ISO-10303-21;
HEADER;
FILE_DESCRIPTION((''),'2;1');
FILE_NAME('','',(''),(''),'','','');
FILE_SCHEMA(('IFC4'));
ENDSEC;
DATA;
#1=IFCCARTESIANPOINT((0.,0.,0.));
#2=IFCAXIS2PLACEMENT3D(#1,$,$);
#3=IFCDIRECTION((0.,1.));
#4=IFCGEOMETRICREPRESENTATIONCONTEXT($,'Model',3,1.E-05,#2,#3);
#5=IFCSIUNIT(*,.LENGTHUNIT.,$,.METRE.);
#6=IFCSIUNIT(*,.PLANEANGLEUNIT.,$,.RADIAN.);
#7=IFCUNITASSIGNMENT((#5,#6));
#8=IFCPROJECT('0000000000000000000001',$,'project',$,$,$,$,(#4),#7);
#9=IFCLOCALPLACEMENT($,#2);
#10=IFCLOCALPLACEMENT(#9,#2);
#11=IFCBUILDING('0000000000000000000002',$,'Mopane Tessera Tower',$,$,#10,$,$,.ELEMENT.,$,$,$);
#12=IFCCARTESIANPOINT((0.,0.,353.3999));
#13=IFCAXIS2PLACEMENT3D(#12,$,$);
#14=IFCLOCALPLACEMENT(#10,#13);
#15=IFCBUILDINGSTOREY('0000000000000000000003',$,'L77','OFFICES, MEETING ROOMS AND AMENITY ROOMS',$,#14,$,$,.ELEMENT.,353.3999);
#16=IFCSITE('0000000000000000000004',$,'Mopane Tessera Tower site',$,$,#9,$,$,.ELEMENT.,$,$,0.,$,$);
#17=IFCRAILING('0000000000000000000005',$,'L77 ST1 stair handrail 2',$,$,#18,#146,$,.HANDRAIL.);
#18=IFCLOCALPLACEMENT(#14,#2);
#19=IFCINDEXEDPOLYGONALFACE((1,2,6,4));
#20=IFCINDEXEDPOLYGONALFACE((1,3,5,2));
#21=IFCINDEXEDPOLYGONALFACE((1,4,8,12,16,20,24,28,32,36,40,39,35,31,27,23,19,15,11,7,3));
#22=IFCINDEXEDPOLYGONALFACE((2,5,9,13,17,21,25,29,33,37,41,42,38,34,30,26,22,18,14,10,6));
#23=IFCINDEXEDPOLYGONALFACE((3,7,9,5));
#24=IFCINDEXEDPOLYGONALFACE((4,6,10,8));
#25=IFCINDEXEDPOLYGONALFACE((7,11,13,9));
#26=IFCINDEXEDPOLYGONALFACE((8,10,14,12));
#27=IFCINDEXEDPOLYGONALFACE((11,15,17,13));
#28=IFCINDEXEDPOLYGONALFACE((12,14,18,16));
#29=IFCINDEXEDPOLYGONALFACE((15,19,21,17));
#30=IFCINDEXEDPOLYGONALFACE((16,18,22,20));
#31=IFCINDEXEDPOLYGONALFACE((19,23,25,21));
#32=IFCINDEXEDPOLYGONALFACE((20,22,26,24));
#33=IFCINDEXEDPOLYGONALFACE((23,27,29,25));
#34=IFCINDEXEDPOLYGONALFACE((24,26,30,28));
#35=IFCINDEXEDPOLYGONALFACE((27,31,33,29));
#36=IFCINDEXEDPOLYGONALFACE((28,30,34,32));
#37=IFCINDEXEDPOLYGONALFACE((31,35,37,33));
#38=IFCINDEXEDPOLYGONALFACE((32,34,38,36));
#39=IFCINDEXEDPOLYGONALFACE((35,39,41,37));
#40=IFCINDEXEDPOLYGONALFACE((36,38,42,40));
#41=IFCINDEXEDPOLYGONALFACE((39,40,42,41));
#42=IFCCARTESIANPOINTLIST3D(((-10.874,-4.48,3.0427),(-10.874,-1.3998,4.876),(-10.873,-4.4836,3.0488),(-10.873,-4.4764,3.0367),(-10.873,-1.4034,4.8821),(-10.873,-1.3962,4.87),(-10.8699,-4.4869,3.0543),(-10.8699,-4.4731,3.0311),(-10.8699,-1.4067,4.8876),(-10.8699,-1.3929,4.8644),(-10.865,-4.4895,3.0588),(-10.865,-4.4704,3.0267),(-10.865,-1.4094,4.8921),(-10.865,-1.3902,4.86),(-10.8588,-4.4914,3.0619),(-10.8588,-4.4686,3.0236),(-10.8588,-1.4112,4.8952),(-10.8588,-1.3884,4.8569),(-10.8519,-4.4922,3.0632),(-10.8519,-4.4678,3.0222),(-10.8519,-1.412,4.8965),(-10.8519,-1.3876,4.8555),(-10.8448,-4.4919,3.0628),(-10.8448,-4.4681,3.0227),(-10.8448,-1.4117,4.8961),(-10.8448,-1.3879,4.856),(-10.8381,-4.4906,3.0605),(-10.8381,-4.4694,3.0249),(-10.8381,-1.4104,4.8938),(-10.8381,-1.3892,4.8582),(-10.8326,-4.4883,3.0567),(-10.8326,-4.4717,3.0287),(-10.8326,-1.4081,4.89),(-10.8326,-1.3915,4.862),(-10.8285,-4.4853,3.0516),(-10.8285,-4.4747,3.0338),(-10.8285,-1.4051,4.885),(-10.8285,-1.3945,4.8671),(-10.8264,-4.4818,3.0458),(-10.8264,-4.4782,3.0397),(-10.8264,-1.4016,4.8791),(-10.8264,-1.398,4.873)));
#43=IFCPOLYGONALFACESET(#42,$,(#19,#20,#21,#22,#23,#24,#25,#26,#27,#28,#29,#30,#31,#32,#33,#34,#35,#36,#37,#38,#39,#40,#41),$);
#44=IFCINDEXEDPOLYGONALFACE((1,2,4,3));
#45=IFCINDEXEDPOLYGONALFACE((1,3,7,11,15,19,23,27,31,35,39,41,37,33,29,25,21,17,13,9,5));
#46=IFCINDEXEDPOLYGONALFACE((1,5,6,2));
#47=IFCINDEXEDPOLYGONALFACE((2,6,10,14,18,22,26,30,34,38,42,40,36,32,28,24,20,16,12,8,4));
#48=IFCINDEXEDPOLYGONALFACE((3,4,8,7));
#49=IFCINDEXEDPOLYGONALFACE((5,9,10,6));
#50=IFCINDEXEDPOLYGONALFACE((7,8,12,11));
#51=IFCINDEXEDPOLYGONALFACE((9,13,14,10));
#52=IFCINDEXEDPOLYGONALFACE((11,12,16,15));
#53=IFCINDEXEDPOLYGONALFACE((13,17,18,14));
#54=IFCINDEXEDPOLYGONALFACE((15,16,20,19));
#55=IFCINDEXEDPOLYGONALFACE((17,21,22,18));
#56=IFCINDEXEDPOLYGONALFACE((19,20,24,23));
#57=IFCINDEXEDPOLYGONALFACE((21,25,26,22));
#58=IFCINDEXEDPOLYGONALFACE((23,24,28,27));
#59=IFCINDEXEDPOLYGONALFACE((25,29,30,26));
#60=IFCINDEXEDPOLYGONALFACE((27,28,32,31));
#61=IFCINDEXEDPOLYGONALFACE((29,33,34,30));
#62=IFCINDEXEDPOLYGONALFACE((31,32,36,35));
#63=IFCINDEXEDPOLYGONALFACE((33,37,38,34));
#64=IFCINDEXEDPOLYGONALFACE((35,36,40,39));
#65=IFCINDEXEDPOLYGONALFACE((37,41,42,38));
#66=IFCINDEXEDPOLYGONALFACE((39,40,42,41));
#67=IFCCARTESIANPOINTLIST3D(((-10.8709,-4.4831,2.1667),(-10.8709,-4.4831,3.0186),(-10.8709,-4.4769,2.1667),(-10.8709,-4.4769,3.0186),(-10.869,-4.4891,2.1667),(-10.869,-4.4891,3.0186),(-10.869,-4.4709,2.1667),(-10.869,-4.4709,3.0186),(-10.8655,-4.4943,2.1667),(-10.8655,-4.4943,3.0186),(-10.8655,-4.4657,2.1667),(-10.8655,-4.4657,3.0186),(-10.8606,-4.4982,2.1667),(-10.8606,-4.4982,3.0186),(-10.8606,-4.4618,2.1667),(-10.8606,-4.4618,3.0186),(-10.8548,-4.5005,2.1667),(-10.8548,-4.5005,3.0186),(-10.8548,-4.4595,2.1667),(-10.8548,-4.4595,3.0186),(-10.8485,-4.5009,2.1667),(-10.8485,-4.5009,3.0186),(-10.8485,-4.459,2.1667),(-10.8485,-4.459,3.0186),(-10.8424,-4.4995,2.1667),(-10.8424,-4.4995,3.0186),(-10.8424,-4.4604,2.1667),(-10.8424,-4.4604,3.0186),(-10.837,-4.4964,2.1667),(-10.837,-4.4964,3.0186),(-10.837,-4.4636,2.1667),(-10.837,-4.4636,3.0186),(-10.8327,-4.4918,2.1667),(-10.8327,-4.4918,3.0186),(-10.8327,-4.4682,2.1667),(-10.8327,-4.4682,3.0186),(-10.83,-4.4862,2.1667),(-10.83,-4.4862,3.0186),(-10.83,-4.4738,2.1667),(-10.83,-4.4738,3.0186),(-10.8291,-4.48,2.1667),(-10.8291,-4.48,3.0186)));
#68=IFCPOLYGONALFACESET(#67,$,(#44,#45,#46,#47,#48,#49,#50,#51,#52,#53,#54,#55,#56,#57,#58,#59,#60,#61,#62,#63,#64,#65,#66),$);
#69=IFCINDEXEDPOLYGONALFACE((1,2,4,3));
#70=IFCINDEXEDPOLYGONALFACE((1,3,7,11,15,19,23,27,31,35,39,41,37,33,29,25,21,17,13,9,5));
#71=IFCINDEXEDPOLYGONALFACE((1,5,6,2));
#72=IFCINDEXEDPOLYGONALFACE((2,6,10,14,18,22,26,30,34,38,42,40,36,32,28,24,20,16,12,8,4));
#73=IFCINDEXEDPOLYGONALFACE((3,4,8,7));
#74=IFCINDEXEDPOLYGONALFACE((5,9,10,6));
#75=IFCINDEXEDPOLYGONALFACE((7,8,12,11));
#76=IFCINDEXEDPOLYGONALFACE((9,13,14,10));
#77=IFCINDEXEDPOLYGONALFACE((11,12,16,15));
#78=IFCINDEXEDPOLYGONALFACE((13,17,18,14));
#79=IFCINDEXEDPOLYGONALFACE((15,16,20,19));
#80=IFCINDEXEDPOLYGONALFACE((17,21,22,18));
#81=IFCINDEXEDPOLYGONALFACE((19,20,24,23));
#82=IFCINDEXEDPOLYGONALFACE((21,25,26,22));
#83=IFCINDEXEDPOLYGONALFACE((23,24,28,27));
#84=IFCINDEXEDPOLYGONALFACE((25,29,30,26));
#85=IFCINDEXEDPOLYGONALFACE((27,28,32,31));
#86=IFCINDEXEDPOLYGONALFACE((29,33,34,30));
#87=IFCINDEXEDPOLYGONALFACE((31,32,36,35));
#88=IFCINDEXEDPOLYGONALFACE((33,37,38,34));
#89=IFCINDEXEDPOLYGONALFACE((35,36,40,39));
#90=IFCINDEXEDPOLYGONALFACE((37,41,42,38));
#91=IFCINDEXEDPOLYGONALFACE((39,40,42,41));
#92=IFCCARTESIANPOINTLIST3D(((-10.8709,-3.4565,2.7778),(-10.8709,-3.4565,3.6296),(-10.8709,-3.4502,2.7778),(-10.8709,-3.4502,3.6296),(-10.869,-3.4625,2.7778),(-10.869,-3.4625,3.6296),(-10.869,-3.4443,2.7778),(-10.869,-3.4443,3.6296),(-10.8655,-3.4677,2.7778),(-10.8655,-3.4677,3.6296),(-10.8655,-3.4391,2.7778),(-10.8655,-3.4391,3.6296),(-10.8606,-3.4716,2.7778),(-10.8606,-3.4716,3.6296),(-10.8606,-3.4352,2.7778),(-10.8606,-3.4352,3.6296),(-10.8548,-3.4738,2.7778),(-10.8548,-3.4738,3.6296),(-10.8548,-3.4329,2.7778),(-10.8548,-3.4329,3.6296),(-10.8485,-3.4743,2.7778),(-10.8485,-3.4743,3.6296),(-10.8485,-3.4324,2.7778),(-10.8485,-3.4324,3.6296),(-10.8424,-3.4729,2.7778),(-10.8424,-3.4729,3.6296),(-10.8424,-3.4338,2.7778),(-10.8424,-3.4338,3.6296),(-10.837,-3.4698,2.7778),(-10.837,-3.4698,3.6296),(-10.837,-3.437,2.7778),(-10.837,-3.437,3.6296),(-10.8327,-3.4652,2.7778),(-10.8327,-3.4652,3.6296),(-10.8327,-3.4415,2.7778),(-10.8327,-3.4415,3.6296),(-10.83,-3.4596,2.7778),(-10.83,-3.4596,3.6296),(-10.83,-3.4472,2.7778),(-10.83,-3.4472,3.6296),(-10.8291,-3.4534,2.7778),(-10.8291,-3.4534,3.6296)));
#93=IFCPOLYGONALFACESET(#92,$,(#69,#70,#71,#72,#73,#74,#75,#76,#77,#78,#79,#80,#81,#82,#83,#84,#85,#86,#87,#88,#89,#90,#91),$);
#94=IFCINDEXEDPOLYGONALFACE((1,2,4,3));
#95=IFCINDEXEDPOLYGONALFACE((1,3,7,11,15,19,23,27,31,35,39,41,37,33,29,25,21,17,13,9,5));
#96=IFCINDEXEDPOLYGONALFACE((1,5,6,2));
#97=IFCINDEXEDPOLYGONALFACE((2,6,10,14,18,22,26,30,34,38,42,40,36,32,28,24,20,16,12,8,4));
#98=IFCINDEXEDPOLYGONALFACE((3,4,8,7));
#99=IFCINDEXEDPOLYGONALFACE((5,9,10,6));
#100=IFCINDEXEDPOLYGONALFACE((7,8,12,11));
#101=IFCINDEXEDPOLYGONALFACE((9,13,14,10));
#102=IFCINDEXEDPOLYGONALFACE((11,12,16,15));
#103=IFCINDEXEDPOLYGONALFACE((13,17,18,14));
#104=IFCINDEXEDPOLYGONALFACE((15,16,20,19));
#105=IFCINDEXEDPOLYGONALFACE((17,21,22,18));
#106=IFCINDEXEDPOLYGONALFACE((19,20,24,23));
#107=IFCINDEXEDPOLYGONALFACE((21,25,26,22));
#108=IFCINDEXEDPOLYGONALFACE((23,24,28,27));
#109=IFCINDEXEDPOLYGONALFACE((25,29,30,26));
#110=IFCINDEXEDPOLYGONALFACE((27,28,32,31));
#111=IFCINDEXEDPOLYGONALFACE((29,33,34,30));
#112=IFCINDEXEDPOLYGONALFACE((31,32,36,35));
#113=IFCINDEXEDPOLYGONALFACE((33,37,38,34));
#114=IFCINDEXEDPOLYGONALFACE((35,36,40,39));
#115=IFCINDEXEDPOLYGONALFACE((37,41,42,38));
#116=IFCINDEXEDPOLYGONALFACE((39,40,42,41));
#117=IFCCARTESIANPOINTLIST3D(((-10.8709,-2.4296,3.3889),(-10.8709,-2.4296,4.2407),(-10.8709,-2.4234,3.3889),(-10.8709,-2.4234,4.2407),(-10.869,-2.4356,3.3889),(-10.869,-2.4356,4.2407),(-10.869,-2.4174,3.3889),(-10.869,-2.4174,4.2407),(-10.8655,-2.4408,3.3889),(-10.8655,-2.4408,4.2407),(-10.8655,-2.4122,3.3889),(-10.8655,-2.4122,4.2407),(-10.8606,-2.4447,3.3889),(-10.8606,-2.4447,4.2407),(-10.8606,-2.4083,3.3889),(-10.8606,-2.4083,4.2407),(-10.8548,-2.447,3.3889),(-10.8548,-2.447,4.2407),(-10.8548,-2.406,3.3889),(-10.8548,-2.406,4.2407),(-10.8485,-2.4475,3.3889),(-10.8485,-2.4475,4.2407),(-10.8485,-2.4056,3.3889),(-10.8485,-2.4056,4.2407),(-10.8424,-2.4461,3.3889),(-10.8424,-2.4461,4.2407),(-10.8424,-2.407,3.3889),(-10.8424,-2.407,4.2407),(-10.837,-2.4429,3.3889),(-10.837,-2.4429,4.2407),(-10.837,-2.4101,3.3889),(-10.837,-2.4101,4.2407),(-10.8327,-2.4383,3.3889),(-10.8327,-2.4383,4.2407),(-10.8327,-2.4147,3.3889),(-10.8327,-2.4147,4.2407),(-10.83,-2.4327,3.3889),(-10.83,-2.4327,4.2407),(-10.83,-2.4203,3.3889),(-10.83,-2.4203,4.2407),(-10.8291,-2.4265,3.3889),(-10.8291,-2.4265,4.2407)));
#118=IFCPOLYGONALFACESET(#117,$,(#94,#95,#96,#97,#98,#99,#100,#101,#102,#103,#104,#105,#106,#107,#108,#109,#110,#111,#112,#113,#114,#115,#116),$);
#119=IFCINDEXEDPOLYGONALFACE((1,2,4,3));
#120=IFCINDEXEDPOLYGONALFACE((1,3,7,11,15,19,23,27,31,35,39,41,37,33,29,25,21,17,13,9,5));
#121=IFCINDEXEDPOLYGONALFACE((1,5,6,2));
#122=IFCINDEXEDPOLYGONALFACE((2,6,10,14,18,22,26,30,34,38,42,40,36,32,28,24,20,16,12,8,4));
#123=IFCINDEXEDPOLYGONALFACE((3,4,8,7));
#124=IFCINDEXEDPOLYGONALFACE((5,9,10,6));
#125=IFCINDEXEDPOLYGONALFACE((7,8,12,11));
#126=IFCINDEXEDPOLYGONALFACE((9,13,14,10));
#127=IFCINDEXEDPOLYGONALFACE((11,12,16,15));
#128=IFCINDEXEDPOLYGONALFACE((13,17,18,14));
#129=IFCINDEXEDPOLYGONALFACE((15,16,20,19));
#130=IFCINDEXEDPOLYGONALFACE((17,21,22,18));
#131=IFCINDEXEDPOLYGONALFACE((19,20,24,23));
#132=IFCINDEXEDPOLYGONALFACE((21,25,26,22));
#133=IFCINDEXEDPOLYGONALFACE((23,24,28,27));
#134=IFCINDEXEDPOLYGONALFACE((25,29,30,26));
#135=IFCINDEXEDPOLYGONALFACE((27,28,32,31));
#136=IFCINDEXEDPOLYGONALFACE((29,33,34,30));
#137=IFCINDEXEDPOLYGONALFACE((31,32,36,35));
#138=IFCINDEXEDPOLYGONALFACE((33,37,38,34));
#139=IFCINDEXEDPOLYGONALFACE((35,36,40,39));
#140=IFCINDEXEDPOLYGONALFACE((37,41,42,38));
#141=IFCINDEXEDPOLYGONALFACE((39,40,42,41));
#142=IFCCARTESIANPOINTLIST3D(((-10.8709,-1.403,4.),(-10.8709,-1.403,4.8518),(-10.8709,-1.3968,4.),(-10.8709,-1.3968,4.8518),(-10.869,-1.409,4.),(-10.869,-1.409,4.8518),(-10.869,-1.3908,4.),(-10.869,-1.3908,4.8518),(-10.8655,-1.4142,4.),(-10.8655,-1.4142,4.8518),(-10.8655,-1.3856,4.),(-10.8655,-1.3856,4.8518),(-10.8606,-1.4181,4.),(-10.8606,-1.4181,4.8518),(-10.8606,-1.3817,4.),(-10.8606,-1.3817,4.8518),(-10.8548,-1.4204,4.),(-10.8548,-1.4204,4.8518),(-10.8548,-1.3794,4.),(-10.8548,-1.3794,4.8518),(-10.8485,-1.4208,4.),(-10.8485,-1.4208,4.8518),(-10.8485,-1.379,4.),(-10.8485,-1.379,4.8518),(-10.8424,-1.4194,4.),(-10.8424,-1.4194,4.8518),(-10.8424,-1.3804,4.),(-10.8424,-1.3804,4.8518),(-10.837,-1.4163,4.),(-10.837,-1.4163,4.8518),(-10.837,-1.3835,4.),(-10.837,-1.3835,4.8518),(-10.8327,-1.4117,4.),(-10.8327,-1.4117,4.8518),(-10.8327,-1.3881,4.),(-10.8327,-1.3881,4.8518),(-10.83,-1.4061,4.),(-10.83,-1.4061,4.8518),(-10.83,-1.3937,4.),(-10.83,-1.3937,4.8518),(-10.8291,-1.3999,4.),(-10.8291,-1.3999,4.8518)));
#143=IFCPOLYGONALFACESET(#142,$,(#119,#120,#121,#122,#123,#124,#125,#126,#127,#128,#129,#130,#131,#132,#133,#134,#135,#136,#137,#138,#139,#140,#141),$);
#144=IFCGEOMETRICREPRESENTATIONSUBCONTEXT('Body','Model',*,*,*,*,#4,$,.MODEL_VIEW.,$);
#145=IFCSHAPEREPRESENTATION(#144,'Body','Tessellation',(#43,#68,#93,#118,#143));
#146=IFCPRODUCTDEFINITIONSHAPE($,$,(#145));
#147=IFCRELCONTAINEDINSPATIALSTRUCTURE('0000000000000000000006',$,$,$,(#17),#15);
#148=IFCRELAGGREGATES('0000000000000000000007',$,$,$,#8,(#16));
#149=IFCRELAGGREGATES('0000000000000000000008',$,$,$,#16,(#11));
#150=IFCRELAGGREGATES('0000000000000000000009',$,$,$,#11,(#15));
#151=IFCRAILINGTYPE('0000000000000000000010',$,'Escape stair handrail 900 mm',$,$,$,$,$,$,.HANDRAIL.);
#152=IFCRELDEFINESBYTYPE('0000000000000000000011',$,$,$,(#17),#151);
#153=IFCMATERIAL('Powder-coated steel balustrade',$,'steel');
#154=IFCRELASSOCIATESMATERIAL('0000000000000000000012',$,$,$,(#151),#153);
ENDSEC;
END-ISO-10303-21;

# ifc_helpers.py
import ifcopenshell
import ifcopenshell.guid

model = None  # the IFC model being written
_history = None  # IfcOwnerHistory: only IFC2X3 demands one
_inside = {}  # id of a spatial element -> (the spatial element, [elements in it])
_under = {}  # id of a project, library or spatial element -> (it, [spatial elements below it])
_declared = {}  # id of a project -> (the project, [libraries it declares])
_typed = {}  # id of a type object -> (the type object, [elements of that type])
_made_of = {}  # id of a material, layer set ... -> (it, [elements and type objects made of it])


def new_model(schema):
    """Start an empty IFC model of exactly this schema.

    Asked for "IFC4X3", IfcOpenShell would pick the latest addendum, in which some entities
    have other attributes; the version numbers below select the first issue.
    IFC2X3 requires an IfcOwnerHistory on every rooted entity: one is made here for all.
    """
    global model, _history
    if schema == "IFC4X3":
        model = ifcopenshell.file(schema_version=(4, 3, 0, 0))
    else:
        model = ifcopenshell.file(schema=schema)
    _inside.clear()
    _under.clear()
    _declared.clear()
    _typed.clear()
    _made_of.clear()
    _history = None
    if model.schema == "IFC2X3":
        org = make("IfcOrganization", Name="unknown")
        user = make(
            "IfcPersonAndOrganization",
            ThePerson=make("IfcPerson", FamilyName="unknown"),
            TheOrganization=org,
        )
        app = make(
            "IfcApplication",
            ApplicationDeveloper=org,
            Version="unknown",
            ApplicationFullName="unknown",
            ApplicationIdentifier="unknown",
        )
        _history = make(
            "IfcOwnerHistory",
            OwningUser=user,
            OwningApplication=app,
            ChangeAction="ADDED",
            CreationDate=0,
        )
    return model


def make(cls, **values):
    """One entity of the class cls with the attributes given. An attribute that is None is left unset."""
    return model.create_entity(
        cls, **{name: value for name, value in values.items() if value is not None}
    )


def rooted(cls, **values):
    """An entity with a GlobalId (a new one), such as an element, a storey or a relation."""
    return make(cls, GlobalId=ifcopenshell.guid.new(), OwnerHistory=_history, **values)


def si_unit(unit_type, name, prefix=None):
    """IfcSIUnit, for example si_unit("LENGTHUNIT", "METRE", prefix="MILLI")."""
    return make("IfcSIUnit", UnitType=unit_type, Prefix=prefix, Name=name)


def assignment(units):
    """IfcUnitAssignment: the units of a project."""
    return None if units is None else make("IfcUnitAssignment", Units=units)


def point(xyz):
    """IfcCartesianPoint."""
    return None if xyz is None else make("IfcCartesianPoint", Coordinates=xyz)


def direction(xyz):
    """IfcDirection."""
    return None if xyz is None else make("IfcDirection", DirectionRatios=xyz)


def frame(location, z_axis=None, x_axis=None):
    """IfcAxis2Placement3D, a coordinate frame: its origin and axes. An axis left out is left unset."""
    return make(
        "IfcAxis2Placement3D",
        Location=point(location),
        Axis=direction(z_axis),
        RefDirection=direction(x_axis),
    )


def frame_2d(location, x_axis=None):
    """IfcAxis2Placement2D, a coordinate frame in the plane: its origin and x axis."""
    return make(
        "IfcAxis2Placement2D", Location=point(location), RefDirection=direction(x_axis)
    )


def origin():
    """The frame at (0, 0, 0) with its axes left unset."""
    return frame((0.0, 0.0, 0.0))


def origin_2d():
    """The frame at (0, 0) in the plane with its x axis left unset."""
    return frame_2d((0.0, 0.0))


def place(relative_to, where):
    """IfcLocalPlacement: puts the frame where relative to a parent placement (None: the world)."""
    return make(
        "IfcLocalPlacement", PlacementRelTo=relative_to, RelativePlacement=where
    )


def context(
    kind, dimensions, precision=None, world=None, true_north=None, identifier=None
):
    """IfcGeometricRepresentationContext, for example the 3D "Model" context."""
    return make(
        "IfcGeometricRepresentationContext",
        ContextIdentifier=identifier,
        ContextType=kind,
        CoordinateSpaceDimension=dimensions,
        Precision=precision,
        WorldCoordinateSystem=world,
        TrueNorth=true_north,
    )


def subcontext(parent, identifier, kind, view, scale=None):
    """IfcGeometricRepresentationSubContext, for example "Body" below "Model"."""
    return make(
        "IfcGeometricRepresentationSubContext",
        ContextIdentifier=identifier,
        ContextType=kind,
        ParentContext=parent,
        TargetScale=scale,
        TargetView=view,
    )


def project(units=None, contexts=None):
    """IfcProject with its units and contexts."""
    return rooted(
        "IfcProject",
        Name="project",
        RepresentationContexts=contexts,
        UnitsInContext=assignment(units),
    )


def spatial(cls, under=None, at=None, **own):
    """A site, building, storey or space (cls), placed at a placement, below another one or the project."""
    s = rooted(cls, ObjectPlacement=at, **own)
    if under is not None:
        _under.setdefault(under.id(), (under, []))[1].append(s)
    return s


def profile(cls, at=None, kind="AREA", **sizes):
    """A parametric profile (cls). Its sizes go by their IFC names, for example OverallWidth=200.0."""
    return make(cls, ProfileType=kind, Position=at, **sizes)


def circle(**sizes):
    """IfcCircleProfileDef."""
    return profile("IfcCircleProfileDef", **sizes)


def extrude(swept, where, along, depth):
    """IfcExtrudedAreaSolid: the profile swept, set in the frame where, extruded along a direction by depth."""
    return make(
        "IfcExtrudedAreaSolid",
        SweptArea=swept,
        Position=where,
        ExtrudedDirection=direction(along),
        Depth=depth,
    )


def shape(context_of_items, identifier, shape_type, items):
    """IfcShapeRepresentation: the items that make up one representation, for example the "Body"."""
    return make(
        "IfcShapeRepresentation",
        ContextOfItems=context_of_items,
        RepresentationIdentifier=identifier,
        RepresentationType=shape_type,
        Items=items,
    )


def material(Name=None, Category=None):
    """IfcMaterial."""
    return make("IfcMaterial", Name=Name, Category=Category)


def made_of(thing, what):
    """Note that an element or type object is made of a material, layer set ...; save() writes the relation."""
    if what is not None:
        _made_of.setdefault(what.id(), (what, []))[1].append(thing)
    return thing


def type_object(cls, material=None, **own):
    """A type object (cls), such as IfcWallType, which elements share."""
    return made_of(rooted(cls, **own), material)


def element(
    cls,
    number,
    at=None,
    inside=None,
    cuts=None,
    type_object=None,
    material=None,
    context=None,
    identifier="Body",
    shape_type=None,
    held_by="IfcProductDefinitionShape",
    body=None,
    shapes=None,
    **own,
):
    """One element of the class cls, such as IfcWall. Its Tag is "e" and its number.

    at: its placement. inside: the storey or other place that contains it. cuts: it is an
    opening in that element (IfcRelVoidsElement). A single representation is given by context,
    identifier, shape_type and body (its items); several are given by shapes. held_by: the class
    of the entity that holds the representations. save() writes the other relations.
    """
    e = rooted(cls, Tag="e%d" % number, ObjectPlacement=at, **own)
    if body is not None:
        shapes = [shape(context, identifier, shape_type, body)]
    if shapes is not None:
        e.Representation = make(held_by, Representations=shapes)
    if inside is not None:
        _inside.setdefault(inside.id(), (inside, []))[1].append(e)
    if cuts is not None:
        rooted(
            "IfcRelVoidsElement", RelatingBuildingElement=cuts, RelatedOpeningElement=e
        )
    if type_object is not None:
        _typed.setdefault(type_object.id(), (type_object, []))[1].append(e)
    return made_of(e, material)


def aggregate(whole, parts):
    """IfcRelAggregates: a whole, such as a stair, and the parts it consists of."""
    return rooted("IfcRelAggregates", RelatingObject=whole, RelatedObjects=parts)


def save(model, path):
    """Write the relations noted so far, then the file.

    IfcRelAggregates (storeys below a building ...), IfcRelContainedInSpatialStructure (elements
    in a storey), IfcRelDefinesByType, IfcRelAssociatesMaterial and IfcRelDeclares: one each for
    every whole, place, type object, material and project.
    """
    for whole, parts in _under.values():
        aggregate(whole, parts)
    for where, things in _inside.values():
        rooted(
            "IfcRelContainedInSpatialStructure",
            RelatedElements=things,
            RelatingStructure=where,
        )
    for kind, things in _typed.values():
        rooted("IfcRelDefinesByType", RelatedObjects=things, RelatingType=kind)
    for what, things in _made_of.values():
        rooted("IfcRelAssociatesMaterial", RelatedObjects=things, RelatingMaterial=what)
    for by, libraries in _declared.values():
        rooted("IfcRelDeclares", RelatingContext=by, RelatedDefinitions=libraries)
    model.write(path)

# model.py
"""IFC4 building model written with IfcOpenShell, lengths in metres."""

from ifc_helpers import new_model, si_unit, direction, frame, origin, origin_2d, place, context, subcontext, project, spatial, circle, extrude, material, type_object, element, save


model = new_model("IFC4")

# Units and contexts
model_context = context("Model", 3, precision=1e-05, world=origin(), true_north=direction((0.0, 1.0)))
body_context = subcontext(model_context, "Body", "Model", "MODEL_VIEW")
ifc_project = project(units=[si_unit("LENGTHUNIT", "METRE"), si_unit("PLANEANGLEUNIT", "RADIAN")], contexts=[model_context])

# Site, building, storey
site_placement = place(None, origin())
site = spatial("IfcSite", under=ifc_project, at=site_placement, Name="Mopane Tessera Tower site", CompositionType="ELEMENT", RefElevation=0.0)
building_placement = place(site_placement, origin())
building = spatial("IfcBuilding", under=site, at=building_placement, Name="Mopane Tessera Tower", CompositionType="ELEMENT")
storey_placement = place(building_placement, frame((0.0, 0.0, 353.3999)))
storey = spatial("IfcBuildingStorey", under=building, at=storey_placement, Name="L77", Description="OFFICES, MEETING ROOMS AND AMENITY ROOMS", CompositionType="ELEMENT", Elevation=353.3999)

# Railing
ifc_material_1 = material(Name="Powder-coated steel balustrade", Category="steel")
railing_type_1 = type_object("IfcRailingType", Name="Escape stair handrail 900 mm", PredefinedType="HANDRAIL", material=ifc_material_1)
railing_1_placement = place(storey_placement, frame((-10.8501, -4.48, 2.1667)))
element("IfcRailing", 1, at=railing_1_placement, inside=storey, type_object=railing_type_1, Name="L77 ST1 stair handrail 2", PredefinedType="HANDRAIL", context=body_context, shape_type="SweptSolid", body=[
    extrude(circle(Radius=0.0239, at=origin_2d()), frame((0.0, 0.0, 0.876), z_axis=(0.0, 0.859309, 0.511458), x_axis=(-1.0, 0.0, 0.0)), (0.0, 0.0, 1.0), 3.5845),
    extrude(circle(Radius=0.021, at=origin_2d()), origin(), (0.0, 0.0, 1.0), 0.8518),
    extrude(circle(Radius=0.021, at=origin_2d()), frame((0.0, 1.0266, 0.6111)), (0.0, 0.0, 1.0), 0.8518),
    extrude(circle(Radius=0.021, at=origin_2d()), frame((0.0, 2.0535, 1.2222)), (0.0, 0.0, 1.0), 0.8518),
    extrude(circle(Radius=0.021, at=origin_2d()), frame((0.0, 3.0801, 1.8333)), (0.0, 0.0, 1.0), 0.8518),
])

save(model, "model.ifc")
